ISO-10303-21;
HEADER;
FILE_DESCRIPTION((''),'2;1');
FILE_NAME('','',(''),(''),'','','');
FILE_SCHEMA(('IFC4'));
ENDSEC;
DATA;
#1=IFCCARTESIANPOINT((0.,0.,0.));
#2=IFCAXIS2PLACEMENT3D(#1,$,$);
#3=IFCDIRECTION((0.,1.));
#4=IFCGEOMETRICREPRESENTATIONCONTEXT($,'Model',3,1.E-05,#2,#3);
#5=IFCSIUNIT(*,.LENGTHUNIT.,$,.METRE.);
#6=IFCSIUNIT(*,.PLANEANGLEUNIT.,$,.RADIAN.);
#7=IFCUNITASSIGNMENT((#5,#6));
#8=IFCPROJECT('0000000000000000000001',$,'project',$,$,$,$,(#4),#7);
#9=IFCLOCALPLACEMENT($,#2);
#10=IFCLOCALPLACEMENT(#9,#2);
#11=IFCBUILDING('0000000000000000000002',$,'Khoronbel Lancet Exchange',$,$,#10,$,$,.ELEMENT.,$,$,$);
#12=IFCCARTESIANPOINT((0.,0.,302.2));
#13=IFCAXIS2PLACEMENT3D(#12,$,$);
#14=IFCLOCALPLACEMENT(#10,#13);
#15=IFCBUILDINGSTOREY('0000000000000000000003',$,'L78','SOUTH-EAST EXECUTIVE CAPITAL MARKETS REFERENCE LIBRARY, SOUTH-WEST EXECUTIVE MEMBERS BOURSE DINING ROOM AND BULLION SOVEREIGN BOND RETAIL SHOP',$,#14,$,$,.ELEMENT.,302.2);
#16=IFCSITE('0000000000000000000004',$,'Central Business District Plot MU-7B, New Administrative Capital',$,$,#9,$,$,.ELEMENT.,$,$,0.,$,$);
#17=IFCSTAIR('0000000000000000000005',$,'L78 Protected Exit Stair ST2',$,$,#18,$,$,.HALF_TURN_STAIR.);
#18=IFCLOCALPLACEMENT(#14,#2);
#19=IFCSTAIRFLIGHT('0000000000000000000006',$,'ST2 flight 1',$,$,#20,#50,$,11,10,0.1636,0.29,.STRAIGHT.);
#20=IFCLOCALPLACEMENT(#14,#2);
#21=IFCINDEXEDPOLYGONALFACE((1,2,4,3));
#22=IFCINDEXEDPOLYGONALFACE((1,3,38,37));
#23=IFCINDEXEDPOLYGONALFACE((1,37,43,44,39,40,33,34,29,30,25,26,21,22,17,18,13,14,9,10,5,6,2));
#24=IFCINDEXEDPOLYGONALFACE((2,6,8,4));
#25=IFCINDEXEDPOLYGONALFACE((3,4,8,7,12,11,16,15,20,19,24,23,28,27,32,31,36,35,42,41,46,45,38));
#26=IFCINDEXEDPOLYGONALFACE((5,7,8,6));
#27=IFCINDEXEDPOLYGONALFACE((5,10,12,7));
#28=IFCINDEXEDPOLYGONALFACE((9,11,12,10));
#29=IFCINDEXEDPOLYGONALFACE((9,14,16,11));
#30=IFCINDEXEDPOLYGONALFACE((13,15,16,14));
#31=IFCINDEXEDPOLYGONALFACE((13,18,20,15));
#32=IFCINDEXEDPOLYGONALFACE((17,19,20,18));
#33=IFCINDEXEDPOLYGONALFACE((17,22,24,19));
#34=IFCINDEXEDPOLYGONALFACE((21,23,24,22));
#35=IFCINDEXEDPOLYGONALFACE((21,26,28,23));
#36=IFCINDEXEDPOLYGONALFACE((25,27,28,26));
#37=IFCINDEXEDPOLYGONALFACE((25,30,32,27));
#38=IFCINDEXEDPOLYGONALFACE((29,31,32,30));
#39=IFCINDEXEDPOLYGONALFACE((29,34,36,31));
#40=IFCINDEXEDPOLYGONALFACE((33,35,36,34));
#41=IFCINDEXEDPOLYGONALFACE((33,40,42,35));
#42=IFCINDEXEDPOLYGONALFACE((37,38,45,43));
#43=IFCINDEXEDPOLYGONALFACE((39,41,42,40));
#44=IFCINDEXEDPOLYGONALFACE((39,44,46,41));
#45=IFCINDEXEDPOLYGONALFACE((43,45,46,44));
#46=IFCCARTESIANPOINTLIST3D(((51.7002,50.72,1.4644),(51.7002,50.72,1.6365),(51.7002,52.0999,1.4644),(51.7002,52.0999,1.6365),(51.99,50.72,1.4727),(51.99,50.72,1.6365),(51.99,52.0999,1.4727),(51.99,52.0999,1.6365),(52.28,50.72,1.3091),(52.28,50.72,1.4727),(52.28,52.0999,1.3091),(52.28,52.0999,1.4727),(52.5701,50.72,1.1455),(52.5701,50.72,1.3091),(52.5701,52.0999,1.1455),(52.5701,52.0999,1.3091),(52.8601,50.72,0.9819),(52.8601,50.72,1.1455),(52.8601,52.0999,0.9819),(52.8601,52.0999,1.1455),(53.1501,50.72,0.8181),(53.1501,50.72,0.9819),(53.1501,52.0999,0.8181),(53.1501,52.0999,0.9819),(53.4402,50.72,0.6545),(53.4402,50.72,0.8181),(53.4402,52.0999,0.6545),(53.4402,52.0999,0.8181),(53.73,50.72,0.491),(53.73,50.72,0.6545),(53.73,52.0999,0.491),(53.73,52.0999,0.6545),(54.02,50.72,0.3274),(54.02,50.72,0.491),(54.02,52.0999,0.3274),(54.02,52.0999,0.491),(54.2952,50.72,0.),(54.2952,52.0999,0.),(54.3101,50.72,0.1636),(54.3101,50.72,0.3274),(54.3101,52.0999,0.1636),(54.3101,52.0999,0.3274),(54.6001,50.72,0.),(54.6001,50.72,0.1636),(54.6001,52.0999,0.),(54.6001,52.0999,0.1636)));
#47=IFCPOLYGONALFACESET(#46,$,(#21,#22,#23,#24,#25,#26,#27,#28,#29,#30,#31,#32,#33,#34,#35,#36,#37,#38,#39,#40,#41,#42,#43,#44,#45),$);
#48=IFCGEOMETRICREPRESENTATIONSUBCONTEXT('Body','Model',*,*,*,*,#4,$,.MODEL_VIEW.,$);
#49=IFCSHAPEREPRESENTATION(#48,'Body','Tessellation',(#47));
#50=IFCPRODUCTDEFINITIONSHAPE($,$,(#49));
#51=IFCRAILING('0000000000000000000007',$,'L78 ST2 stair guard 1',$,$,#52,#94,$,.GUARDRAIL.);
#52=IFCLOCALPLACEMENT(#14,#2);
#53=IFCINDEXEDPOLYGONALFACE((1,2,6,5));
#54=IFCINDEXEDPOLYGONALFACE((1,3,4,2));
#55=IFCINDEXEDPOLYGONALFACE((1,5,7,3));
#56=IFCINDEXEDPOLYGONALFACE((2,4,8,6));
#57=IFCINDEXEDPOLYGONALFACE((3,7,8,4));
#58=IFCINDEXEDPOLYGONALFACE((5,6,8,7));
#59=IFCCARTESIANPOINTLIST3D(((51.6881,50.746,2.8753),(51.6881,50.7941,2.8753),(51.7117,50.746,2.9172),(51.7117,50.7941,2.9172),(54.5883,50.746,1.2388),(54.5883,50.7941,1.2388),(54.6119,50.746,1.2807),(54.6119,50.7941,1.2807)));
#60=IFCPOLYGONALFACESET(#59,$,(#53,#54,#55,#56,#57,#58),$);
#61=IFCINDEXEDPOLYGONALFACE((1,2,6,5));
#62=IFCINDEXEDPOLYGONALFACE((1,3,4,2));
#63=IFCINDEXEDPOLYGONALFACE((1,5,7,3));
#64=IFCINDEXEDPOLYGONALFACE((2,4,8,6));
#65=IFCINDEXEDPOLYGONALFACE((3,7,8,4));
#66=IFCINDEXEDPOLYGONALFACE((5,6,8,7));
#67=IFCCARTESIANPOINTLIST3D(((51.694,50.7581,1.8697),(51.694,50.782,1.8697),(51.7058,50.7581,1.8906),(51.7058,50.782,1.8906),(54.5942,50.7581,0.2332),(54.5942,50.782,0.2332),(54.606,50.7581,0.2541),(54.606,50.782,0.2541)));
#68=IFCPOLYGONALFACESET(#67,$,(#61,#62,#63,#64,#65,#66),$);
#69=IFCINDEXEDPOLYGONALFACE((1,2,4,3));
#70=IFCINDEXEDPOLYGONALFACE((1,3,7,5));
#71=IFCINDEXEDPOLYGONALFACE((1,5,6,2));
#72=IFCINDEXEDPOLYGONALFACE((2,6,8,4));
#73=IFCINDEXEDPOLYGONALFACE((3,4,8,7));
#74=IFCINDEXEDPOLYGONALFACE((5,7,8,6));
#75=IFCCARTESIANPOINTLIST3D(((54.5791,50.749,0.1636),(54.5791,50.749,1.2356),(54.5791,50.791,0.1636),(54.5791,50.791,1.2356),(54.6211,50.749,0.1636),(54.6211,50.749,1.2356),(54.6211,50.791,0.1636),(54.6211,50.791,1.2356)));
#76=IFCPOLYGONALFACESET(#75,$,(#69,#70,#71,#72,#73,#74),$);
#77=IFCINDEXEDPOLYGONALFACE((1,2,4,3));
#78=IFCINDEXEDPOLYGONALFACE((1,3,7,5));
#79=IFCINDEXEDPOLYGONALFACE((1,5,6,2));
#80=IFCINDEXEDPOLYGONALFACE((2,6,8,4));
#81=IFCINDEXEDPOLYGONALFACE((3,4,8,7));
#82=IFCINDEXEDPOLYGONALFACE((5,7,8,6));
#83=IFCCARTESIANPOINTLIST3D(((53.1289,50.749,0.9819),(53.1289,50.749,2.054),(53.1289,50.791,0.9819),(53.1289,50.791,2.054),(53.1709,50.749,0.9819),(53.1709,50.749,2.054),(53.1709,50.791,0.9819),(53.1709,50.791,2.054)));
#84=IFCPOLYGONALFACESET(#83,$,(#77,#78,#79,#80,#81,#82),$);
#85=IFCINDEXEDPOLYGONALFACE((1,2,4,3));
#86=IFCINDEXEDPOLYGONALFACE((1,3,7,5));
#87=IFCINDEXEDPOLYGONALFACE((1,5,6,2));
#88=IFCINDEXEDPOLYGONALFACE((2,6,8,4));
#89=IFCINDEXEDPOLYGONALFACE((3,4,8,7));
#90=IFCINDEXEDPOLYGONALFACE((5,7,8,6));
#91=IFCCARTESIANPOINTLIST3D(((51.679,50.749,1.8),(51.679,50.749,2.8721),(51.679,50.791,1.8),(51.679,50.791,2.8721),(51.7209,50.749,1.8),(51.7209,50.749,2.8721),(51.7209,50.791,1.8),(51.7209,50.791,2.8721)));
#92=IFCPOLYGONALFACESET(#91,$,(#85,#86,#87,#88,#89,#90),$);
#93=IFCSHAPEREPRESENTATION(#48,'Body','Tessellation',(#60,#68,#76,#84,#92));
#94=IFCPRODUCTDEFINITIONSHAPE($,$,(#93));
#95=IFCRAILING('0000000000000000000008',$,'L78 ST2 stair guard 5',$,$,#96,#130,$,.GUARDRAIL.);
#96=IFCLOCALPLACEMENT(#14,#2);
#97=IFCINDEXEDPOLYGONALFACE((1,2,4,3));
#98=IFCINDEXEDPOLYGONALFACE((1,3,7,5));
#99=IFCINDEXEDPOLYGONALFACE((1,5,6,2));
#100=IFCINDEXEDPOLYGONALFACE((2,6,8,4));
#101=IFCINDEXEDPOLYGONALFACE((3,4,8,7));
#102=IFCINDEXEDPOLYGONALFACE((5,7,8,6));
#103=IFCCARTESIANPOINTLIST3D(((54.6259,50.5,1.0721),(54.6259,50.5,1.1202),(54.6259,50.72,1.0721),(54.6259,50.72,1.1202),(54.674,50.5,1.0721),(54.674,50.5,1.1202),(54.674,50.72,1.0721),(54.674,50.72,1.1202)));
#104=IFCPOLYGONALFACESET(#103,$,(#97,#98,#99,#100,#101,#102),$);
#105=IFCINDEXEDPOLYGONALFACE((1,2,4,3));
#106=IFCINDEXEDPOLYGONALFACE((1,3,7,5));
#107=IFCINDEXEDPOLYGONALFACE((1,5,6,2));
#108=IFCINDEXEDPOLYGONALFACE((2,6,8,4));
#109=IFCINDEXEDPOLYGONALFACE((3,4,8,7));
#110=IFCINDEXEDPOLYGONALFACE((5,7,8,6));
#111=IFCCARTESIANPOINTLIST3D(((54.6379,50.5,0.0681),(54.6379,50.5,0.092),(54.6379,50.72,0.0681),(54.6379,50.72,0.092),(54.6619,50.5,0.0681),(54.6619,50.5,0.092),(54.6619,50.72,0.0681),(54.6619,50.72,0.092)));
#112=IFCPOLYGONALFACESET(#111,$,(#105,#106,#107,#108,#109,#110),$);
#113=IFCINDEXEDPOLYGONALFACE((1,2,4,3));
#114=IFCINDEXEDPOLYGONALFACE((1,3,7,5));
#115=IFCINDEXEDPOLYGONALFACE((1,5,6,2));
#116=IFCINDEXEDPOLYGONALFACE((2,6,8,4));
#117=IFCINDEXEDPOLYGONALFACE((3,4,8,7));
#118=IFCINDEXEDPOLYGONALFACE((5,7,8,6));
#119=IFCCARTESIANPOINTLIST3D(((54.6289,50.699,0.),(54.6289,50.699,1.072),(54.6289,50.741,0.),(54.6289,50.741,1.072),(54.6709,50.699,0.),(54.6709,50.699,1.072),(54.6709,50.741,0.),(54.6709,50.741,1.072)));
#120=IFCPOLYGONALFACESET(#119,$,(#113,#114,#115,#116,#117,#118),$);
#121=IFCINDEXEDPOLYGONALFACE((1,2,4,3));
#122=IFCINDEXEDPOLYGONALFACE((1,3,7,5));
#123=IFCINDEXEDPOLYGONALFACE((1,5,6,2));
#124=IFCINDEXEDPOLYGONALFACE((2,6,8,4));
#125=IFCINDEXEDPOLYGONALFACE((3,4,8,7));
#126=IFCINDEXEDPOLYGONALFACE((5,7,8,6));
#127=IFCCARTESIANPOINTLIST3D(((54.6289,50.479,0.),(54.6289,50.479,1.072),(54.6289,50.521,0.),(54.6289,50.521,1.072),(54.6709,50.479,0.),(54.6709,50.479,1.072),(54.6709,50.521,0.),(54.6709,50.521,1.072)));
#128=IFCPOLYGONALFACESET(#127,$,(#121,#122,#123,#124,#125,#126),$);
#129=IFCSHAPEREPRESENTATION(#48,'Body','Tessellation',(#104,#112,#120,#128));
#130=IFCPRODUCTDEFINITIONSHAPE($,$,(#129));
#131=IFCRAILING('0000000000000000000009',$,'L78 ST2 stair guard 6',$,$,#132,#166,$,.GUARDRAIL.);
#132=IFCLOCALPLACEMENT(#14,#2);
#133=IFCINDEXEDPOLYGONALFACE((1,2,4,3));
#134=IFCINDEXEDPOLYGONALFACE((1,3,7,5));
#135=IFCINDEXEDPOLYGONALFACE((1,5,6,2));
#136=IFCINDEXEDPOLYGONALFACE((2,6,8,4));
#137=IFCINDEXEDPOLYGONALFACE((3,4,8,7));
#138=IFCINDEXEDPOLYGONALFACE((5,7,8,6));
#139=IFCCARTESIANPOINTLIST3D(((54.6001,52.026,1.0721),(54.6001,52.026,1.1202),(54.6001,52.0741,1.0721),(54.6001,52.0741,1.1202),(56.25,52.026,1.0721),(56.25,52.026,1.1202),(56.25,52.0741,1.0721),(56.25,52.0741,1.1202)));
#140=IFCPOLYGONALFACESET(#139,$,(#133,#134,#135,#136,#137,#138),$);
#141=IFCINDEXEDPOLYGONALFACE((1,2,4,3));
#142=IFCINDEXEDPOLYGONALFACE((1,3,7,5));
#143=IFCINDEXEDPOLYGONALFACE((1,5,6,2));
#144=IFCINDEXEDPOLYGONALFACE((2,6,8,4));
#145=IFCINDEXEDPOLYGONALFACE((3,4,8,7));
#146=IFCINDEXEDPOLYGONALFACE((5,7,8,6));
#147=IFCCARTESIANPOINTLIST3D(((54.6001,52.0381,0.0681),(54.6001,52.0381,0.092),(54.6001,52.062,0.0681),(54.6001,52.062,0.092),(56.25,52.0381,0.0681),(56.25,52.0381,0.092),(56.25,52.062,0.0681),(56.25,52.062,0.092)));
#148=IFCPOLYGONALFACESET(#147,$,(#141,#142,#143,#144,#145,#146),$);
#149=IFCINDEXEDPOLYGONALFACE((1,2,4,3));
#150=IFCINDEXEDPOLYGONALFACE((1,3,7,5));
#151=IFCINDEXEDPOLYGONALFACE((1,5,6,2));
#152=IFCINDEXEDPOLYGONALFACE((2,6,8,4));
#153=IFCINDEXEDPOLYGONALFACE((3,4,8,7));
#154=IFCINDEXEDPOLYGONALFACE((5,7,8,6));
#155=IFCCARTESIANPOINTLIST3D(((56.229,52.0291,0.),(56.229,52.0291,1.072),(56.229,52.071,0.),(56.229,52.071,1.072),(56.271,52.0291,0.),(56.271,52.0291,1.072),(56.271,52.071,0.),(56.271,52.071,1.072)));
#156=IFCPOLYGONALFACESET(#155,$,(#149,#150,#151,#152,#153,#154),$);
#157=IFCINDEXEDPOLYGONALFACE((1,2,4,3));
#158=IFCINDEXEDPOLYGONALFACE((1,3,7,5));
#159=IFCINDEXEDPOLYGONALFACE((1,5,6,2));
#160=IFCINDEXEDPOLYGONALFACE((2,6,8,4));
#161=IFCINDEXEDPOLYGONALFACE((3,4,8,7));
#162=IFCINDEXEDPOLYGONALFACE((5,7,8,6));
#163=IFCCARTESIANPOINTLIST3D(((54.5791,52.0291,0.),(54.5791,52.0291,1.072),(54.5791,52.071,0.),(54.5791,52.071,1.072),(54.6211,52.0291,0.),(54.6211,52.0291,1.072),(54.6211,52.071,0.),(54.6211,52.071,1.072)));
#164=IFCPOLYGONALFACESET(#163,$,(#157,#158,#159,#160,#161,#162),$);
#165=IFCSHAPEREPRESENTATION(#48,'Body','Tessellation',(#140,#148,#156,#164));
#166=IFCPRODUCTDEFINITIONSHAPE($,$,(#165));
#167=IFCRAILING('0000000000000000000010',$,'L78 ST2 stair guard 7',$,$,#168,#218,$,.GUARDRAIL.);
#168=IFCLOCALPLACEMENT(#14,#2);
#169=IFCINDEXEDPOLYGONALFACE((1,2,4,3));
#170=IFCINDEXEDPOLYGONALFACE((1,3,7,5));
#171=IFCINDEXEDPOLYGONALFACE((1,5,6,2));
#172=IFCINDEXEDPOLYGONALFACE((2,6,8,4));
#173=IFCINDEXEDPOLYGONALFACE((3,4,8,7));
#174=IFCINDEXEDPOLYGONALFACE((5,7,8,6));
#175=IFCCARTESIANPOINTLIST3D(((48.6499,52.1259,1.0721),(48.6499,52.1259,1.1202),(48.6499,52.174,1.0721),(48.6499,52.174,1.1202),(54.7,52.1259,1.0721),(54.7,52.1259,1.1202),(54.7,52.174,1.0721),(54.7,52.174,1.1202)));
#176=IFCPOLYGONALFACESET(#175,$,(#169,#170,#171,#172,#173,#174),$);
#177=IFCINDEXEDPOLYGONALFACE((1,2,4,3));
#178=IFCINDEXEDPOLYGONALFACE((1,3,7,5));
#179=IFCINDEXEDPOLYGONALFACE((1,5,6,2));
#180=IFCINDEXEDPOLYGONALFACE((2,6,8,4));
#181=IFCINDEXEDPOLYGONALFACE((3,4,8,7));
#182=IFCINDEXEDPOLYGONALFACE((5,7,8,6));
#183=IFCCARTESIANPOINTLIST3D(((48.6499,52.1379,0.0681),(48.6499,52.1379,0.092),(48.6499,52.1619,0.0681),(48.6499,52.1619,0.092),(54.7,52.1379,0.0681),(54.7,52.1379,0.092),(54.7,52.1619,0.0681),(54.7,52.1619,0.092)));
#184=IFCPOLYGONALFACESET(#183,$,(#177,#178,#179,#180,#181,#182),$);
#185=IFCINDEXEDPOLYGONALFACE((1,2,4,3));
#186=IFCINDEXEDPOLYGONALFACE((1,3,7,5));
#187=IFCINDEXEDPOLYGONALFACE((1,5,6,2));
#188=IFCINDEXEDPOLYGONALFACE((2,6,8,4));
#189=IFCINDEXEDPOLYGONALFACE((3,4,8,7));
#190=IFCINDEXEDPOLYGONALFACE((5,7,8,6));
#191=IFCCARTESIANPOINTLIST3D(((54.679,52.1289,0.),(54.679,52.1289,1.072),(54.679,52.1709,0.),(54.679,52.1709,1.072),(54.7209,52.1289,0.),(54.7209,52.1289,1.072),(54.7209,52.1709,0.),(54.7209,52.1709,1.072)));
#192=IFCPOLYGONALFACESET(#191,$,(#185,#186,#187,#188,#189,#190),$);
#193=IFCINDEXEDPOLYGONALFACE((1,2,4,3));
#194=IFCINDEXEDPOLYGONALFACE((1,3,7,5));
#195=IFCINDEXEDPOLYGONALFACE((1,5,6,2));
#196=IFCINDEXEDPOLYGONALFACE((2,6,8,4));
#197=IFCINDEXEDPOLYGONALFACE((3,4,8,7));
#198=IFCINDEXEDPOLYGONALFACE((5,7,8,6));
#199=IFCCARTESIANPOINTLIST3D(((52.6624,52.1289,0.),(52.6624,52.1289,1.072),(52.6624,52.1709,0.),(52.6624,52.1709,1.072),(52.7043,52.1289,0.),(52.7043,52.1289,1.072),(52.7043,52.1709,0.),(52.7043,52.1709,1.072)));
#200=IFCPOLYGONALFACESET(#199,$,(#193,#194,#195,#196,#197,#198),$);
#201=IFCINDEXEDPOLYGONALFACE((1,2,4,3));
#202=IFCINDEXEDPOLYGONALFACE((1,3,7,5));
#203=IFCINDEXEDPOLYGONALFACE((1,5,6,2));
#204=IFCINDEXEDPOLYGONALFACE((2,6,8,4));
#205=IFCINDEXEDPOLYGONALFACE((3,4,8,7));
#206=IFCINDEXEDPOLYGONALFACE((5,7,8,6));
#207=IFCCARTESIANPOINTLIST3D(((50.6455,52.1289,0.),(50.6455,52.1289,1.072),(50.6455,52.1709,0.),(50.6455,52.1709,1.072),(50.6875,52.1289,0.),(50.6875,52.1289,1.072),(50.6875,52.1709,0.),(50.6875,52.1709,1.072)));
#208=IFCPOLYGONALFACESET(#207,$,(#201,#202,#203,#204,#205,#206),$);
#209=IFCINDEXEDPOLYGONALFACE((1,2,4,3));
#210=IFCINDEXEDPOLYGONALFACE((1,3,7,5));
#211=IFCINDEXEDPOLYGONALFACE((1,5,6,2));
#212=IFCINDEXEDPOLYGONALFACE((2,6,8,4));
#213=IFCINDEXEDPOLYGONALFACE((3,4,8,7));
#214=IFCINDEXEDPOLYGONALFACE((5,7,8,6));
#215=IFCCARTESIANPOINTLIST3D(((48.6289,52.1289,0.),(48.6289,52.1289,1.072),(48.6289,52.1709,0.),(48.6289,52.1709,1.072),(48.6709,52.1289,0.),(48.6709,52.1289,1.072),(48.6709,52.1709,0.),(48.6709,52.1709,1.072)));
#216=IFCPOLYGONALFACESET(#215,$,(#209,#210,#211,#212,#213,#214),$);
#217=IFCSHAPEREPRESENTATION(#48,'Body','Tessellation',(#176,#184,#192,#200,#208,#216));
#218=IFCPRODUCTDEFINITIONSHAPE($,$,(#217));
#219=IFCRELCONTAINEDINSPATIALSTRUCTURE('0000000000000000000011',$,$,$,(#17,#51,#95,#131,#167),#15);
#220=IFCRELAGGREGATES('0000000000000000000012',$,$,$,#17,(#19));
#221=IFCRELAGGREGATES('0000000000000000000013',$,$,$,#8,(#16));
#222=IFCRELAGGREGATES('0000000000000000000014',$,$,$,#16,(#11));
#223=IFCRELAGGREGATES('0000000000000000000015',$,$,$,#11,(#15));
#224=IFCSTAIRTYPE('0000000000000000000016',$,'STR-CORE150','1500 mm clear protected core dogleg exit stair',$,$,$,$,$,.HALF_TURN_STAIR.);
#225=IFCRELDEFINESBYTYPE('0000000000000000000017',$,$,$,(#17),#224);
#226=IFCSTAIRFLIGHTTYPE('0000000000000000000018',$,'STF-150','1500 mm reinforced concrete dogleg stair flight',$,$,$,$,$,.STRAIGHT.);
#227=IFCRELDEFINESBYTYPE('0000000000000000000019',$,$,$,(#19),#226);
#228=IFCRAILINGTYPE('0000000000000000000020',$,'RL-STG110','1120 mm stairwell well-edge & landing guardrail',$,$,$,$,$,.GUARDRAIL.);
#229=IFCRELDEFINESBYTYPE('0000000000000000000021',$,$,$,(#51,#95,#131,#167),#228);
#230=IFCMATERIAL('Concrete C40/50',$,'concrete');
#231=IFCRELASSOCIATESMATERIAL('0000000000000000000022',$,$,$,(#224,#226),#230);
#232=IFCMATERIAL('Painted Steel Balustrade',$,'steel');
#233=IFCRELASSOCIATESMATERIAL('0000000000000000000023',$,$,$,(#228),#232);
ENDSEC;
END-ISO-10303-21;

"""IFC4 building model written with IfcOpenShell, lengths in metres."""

from ifc_helpers import new_model, si_unit, direction, frame, origin, origin_2d, place, context, subcontext, project, spatial, polyline, rectangle, outline, extrude, material, type_object, element, aggregate, save


model = new_model("IFC4")

# Units and contexts
model_context = context("Model", 3, precision=1e-05, world=origin(), true_north=direction((0.0, 1.0)))
body_context = subcontext(model_context, "Body", "Model", "MODEL_VIEW")
ifc_project = project(units=[si_unit("LENGTHUNIT", "METRE"), si_unit("PLANEANGLEUNIT", "RADIAN")], contexts=[model_context])

# Site, building, storey
site_placement = place(None, origin())
site = spatial("IfcSite", under=ifc_project, at=site_placement, Name="Central Business District Plot MU-7B, New Administrative Capital", CompositionType="ELEMENT", RefElevation=0.0)
building_placement = place(site_placement, origin())
building = spatial("IfcBuilding", under=site, at=building_placement, Name="Khoronbel Lancet Exchange", CompositionType="ELEMENT")
storey_placement = place(building_placement, frame((0.0, 0.0, 302.2)))
storey = spatial("IfcBuildingStorey", under=building, at=storey_placement, Name="L78", Description="SOUTH-EAST EXECUTIVE CAPITAL MARKETS REFERENCE LIBRARY, SOUTH-WEST EXECUTIVE MEMBERS BOURSE DINING ROOM AND BULLION SOVEREIGN BOND RETAIL SHOP", CompositionType="ELEMENT", Elevation=302.2)

# Stair, stair flight
ifc_material_1 = material(Name="Concrete C40/50", Category="concrete")
stair_type = type_object("IfcStairType", Name="STR-CORE150", Description="1500 mm clear protected core dogleg exit stair", PredefinedType="HALF_TURN_STAIR", material=ifc_material_1)
stair_placement = place(storey_placement, origin())
stair = element("IfcStair", 1, at=stair_placement, inside=storey, type_object=stair_type, Name="L78 Protected Exit Stair ST2", PredefinedType="HALF_TURN_STAIR")
stair_flight_type = type_object("IfcStairFlightType", Name="STF-150", Description="1500 mm reinforced concrete dogleg stair flight", PredefinedType="STRAIGHT", material=ifc_material_1)
stair_flight_placement = place(storey_placement, frame((54.6001, 51.4099, 0.0), z_axis=(0.0, 0.0, 1.0), x_axis=(-1.0, 0.0, 0.0)))
stair_flight = element("IfcStairFlight", 2, at=stair_flight_placement, type_object=stair_flight_type, Name="ST2 flight 1", NumberOfRisers=11, NumberOfTreads=10, PredefinedType="STRAIGHT", RiserHeight=0.1636, TreadLength=0.29, context=body_context, shape_type="SweptSolid", body=[
    extrude(outline(polyline([(0.0, 0.0), (0.0, 0.1636), (0.29, 0.1636), (0.29, 0.3274), (0.5801, 0.3274), (0.5801, 0.491), (0.8701, 0.491), (0.8701, 0.6545), (1.1599, 0.6545), (1.1599, 0.8181), (1.45, 0.8181), (1.45, 0.9819), (1.74, 0.9819), (1.74, 1.1455), (2.03, 1.1455), (2.03, 1.3091), (2.3201, 1.3091), (2.3201, 1.4727), (2.6101, 1.4727), (2.6101, 1.6365), (2.8999, 1.6365), (2.8999, 1.8), (2.8999, 1.4644), (0.3049, 0.0), (0.0, 0.0)])), frame((0.0, 0.6899, 0.0), z_axis=(0.0, -1.0, 0.0), x_axis=(1.0, 0.0, 0.0)), (0.0, 0.0, 1.0), 1.3799),
])
aggregate(stair, [stair_flight])

# Railings
ifc_material_2 = material(Name="Painted Steel Balustrade", Category="steel")
railing_type_1 = type_object("IfcRailingType", Name="RL-STG110", Description="1120 mm stairwell well-edge & landing guardrail", PredefinedType="GUARDRAIL", material=ifc_material_2)
railing_1_placement = place(storey_placement, frame((54.6001, 50.77, 0.1636)))
element("IfcRailing", 3, at=railing_1_placement, inside=storey, type_object=railing_type_1, Name="L78 ST2 stair guard 1", PredefinedType="GUARDRAIL", context=body_context, shape_type="SweptSolid", body=[
    extrude(rectangle(XDim=0.0481, YDim=0.0481, at=origin_2d()), frame((0.0, 0.0, 1.0962), z_axis=(-0.870915, 0.0, 0.491434), x_axis=(0.0, -1.0, 0.0)), (0.0, 0.0, 1.0), 3.3301),
    extrude(rectangle(XDim=0.0239, YDim=0.0239, at=origin_2d()), frame((0.0, 0.0, 0.0801), z_axis=(-0.870915, 0.0, 0.491434), x_axis=(0.0, -1.0, 0.0)), (0.0, 0.0, 1.0), 3.3301),
    extrude(rectangle(XDim=0.042, YDim=0.042, at=origin_2d()), origin(), (0.0, 0.0, 1.0), 1.072),
    extrude(rectangle(XDim=0.042, YDim=0.042, at=origin_2d()), frame((-1.4502, 0.0, 0.8184)), (0.0, 0.0, 1.0), 1.072),
    extrude(rectangle(XDim=0.042, YDim=0.042, at=origin_2d()), frame((-2.9001, 0.0, 1.6365)), (0.0, 0.0, 1.0), 1.072),
])
railing_2_placement = place(storey_placement, frame((54.6499, 50.72, 0.0)))
element("IfcRailing", 4, at=railing_2_placement, inside=storey, type_object=railing_type_1, Name="L78 ST2 stair guard 5", PredefinedType="GUARDRAIL", context=body_context, shape_type="SweptSolid", body=[
    extrude(rectangle(XDim=0.0481, YDim=0.0481, at=origin_2d()), frame((0.0, 0.0, 1.0962), z_axis=(0.0, -1.0, 0.0), x_axis=(1.0, 0.0, 0.0)), (0.0, 0.0, 1.0), 0.22),
    extrude(rectangle(XDim=0.0239, YDim=0.0239, at=origin_2d()), frame((0.0, 0.0, 0.0801), z_axis=(0.0, -1.0, 0.0), x_axis=(1.0, 0.0, 0.0)), (0.0, 0.0, 1.0), 0.22),
    extrude(rectangle(XDim=0.042, YDim=0.042, at=origin_2d()), origin(), (0.0, 0.0, 1.0), 1.072),
    extrude(rectangle(XDim=0.042, YDim=0.042, at=origin_2d()), frame((0.0, -0.22, 0.0)), (0.0, 0.0, 1.0), 1.072),
])
railing_3_placement = place(storey_placement, frame((56.25, 52.05, 0.0)))
element("IfcRailing", 5, at=railing_3_placement, inside=storey, type_object=railing_type_1, Name="L78 ST2 stair guard 6", PredefinedType="GUARDRAIL", context=body_context, shape_type="SweptSolid", body=[
    extrude(rectangle(XDim=0.0481, YDim=0.0481, at=origin_2d()), frame((0.0, 0.0, 1.0962), z_axis=(-1.0, 0.0, 0.0), x_axis=(0.0, -1.0, 0.0)), (0.0, 0.0, 1.0), 1.6499),
    extrude(rectangle(XDim=0.0239, YDim=0.0239, at=origin_2d()), frame((0.0, 0.0, 0.0801), z_axis=(-1.0, 0.0, 0.0), x_axis=(0.0, -1.0, 0.0)), (0.0, 0.0, 1.0), 1.6499),
    extrude(rectangle(XDim=0.042, YDim=0.042, at=origin_2d()), origin(), (0.0, 0.0, 1.0), 1.072),
    extrude(rectangle(XDim=0.042, YDim=0.042, at=origin_2d()), frame((-1.6499, 0.0, 0.0)), (0.0, 0.0, 1.0), 1.072),
])
railing_4_placement = place(storey_placement, frame((54.7, 52.1499, 0.0)))
element("IfcRailing", 6, at=railing_4_placement, inside=storey, type_object=railing_type_1, Name="L78 ST2 stair guard 7", PredefinedType="GUARDRAIL", context=body_context, shape_type="SweptSolid", body=[
    extrude(rectangle(XDim=0.0481, YDim=0.0481, at=origin_2d()), frame((0.0, 0.0, 1.0962), z_axis=(-1.0, 0.0, 0.0), x_axis=(0.0, -1.0, 0.0)), (0.0, 0.0, 1.0), 6.05),
    extrude(rectangle(XDim=0.0239, YDim=0.0239, at=origin_2d()), frame((0.0, 0.0, 0.0801), z_axis=(-1.0, 0.0, 0.0), x_axis=(0.0, -1.0, 0.0)), (0.0, 0.0, 1.0), 6.05),
    extrude(rectangle(XDim=0.042, YDim=0.042, at=origin_2d()), origin(), (0.0, 0.0, 1.0), 1.072),
    extrude(rectangle(XDim=0.042, YDim=0.042, at=origin_2d()), frame((-2.0166, 0.0, 0.0)), (0.0, 0.0, 1.0), 1.072),
    extrude(rectangle(XDim=0.042, YDim=0.042, at=origin_2d()), frame((-4.0334, 0.0, 0.0)), (0.0, 0.0, 1.0), 1.072),
    extrude(rectangle(XDim=0.042, YDim=0.042, at=origin_2d()), frame((-6.05, 0.0, 0.0)), (0.0, 0.0, 1.0), 1.072),
])

save(model, "model.ifc")
